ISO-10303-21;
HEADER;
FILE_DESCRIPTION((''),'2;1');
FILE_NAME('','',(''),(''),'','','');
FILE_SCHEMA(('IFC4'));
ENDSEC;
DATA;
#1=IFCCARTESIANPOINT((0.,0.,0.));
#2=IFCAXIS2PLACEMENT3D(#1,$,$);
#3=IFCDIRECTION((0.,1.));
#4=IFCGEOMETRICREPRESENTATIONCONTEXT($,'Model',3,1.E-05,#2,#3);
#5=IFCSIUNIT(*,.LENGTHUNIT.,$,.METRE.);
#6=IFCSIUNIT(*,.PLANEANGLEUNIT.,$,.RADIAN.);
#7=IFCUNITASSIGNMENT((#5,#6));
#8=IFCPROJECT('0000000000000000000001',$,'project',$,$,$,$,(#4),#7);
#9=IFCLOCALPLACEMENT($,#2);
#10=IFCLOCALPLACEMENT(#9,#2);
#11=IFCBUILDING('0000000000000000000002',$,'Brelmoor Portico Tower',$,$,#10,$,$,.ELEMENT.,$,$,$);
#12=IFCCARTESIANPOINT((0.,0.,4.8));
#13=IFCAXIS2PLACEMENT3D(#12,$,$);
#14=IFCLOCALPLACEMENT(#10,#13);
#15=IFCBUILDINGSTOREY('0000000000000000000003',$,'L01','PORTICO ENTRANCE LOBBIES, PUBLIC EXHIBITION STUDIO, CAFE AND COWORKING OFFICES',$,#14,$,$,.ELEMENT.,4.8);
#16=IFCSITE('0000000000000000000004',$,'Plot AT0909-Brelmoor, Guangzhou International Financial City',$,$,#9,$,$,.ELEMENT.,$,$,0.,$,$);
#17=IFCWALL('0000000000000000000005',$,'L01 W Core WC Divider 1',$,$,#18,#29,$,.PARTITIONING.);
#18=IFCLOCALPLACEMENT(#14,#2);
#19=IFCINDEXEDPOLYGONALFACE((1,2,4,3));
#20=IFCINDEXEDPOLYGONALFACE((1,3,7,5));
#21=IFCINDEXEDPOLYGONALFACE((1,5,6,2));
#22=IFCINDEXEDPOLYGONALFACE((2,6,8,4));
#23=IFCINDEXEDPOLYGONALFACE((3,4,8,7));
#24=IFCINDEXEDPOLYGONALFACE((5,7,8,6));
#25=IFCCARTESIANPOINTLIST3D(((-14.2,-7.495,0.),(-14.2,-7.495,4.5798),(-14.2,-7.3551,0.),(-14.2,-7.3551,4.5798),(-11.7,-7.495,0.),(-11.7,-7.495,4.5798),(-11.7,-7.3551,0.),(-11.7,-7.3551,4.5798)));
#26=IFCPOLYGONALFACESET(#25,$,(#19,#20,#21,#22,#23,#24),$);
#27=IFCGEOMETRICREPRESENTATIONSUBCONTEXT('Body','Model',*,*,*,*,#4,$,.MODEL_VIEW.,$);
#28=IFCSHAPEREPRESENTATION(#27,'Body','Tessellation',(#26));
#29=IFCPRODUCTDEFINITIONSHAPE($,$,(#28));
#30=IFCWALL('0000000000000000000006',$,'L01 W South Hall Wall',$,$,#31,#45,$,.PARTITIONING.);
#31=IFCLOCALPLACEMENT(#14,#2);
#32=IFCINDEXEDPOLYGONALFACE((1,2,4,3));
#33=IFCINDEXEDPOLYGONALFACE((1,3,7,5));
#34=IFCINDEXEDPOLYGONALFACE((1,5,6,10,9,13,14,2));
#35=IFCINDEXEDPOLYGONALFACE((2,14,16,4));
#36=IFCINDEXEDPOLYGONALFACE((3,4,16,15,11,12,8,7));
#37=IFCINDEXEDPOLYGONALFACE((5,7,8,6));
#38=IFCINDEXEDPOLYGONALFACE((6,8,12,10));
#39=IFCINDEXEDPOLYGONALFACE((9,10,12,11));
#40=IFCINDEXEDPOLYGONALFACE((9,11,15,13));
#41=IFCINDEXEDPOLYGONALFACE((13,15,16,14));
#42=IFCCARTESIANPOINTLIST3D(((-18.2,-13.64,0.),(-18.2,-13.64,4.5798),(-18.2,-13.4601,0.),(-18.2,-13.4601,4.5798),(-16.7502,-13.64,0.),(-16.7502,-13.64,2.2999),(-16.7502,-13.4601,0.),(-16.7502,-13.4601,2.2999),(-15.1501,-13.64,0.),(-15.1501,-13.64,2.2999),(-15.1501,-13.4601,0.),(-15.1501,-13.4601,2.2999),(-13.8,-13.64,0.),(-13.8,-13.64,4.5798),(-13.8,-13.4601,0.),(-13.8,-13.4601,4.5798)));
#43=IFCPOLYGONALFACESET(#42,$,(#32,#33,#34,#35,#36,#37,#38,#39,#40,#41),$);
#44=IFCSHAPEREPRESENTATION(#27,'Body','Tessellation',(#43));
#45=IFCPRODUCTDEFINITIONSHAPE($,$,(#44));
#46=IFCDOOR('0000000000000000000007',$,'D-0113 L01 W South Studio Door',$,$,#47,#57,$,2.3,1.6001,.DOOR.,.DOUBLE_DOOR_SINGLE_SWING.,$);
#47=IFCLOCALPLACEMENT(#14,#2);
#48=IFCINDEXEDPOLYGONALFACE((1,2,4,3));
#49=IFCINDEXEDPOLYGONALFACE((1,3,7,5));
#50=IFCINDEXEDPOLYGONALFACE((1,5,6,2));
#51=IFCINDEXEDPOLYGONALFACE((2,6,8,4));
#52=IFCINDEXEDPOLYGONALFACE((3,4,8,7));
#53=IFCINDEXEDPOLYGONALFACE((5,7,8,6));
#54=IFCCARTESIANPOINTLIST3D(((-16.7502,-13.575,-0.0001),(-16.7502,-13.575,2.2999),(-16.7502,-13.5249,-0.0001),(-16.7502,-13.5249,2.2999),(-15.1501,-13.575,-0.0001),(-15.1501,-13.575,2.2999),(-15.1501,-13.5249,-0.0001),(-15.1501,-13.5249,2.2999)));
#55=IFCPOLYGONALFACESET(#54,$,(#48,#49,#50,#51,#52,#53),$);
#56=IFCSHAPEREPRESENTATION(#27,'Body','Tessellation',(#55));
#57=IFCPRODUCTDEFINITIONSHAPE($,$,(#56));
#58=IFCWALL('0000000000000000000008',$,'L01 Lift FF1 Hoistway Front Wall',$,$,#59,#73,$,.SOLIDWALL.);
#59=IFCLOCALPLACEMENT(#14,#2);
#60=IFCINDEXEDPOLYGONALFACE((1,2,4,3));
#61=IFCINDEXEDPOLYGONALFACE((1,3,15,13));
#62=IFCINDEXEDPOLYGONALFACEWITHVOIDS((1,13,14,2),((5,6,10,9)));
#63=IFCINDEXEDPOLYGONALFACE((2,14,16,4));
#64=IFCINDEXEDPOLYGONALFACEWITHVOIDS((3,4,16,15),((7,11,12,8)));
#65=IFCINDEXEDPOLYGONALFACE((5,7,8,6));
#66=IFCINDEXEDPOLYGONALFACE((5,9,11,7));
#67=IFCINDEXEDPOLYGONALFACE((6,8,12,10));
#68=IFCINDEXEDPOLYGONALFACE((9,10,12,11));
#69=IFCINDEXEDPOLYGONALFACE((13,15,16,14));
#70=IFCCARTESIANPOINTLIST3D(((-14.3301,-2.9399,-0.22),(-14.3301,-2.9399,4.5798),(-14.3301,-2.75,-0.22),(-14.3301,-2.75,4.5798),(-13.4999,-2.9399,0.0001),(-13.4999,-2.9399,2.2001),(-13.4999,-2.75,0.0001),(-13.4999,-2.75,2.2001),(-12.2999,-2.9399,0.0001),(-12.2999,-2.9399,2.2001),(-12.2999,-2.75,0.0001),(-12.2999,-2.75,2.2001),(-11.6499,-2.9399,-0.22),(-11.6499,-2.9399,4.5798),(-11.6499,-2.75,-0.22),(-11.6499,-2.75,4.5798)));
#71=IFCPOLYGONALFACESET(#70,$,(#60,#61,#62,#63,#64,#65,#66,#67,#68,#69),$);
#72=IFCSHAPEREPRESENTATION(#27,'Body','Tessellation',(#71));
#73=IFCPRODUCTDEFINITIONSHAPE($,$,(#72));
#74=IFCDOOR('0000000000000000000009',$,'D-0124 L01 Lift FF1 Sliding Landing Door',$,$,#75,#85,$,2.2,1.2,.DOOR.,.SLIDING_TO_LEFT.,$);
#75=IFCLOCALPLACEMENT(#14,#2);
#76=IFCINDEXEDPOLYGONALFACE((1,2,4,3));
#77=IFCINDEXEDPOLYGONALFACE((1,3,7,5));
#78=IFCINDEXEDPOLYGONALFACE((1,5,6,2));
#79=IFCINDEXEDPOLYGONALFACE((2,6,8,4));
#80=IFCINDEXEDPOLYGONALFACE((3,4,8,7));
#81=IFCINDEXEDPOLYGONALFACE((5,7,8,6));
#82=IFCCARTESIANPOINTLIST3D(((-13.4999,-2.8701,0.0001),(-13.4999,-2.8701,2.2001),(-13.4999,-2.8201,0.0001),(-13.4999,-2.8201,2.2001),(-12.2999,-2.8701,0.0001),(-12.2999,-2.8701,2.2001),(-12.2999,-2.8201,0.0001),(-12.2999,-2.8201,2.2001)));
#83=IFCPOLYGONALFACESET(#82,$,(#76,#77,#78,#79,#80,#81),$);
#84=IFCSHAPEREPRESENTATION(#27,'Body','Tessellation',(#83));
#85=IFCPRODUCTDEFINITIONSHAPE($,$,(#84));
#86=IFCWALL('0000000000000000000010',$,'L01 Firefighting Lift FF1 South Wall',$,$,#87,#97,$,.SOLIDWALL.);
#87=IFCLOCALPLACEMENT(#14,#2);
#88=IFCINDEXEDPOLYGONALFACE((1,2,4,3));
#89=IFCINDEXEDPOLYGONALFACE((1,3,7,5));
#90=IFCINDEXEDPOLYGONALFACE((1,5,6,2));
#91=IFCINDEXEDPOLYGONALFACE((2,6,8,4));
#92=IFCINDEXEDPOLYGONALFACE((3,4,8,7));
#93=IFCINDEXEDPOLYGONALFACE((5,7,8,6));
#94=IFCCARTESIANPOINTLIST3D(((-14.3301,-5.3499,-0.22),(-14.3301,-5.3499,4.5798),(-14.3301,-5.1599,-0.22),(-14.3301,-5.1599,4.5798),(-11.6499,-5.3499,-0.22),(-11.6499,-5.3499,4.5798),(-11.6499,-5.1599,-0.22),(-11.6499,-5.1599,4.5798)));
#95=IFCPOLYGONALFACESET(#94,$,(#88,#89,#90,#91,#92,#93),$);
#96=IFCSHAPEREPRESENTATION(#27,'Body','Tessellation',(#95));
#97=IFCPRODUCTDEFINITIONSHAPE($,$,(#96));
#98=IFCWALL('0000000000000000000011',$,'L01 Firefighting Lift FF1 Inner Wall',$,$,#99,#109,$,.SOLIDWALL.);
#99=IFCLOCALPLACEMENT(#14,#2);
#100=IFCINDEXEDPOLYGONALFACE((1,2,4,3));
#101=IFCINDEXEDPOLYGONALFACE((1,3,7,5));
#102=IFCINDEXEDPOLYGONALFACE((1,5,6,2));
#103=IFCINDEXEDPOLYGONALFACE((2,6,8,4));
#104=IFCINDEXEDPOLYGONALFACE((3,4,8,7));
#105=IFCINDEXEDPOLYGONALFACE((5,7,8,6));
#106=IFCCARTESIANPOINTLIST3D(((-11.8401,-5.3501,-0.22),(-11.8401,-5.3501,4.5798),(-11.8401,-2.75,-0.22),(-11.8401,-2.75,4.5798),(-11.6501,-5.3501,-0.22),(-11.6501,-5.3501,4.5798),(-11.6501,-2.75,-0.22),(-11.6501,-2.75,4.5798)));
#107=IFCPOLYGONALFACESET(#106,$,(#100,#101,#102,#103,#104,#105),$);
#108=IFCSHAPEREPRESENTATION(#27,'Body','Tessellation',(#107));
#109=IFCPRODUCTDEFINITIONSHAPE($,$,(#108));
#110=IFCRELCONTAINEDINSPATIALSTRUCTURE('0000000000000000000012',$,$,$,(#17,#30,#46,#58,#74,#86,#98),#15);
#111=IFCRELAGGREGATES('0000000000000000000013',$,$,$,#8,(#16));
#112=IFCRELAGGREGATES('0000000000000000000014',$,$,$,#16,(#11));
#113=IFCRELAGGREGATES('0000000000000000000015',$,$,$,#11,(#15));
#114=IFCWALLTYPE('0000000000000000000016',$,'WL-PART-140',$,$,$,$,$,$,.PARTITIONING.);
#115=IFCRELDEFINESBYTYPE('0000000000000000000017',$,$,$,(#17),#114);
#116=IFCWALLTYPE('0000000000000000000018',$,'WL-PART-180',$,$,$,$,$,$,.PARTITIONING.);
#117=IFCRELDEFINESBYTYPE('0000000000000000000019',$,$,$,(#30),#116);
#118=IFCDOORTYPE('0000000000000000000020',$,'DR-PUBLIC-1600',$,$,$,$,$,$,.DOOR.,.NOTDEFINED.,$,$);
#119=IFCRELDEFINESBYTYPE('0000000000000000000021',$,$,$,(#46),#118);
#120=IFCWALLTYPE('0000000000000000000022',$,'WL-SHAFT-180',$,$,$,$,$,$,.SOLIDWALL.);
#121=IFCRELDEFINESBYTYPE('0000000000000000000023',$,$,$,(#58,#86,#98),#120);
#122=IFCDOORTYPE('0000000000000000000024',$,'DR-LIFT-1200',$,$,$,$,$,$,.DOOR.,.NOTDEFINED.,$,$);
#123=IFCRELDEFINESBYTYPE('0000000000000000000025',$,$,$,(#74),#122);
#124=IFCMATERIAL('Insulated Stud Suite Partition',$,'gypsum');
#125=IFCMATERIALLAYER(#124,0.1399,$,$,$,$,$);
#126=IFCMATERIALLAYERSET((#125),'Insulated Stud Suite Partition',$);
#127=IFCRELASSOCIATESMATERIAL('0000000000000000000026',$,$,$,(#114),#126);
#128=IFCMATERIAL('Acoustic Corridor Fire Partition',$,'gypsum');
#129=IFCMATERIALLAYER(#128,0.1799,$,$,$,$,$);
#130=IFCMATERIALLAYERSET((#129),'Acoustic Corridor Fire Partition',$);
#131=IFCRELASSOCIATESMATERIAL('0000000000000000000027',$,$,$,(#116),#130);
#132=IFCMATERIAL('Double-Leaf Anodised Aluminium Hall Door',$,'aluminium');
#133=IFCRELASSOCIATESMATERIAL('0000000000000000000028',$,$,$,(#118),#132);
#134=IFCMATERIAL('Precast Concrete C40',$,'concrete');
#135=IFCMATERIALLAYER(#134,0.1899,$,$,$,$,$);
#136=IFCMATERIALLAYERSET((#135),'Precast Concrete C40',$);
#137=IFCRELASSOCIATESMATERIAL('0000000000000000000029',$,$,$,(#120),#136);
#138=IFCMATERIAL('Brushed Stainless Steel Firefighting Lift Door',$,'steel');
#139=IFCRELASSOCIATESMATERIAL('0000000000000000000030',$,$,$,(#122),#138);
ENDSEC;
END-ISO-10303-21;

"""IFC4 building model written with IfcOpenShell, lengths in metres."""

from ifc_helpers import new_model, si_unit, direction, frame, frame_2d, origin, place, context, subcontext, project, spatial, rectangle, extrude, material, layer, layer_set, type_object, element, fill, save


model = new_model("IFC4")

# Units and contexts
model_context = context("Model", 3, precision=1e-05, world=origin(), true_north=direction((0.0, 1.0)))
body_context = subcontext(model_context, "Body", "Model", "MODEL_VIEW")
ifc_project = project(units=[si_unit("LENGTHUNIT", "METRE"), si_unit("PLANEANGLEUNIT", "RADIAN")], contexts=[model_context])

# Site, building, storey
site_placement = place(None, origin())
site = spatial("IfcSite", under=ifc_project, at=site_placement, Name="Plot AT0909-Brelmoor, Guangzhou International Financial City", CompositionType="ELEMENT", RefElevation=0.0)
building_placement = place(site_placement, origin())
building = spatial("IfcBuilding", under=site, at=building_placement, Name="Brelmoor Portico Tower", CompositionType="ELEMENT")
storey_placement = place(building_placement, frame((0.0, 0.0, 4.8)))
storey = spatial("IfcBuildingStorey", under=building, at=storey_placement, Name="L01", Description="PORTICO ENTRANCE LOBBIES, PUBLIC EXHIBITION STUDIO, CAFE AND COWORKING OFFICES", CompositionType="ELEMENT", Elevation=4.8)

# Wall
ifc_material_1 = material(Name="Insulated Stud Suite Partition", Category="gypsum")
ifc_layer_1 = layer(ifc_material_1, 0.1399)
ifc_layer_set_1 = layer_set([ifc_layer_1], Name="Insulated Stud Suite Partition")
wall_type_1 = type_object("IfcWallType", Name="WL-PART-140", PredefinedType="PARTITIONING", material=ifc_layer_set_1)
wall_1_placement = place(storey_placement, frame((-11.7, -7.425, 0.0), z_axis=(0.0, 0.0, 1.0), x_axis=(-1.0, 0.0, 0.0)))
element("IfcWall", 1, at=wall_1_placement, inside=storey, type_object=wall_type_1, Name="L01 W Core WC Divider 1", PredefinedType="PARTITIONING", context=body_context, shape_type="SweptSolid", body=[
    extrude(rectangle(XDim=2.5, YDim=0.1399, at=frame_2d((1.25, 0.0))), origin(), (0.0, 0.0, 1.0), 4.5798),
])

# Walls, openings, doors
ifc_material_2 = material(Name="Acoustic Corridor Fire Partition", Category="gypsum")
ifc_layer_2 = layer(ifc_material_2, 0.1799)
ifc_layer_set_2 = layer_set([ifc_layer_2], Name="Acoustic Corridor Fire Partition")
wall_type_2 = type_object("IfcWallType", Name="WL-PART-180", PredefinedType="PARTITIONING", material=ifc_layer_set_2)
wall_2_placement = place(storey_placement, frame((-13.8, -13.55, 0.0), z_axis=(0.0, 0.0, 1.0), x_axis=(-1.0, 0.0, 0.0)))
wall_2 = element("IfcWall", 2, at=wall_2_placement, inside=storey, type_object=wall_type_2, Name="L01 W South Hall Wall", PredefinedType="PARTITIONING", context=body_context, shape_type="SweptSolid", body=[
    extrude(rectangle(XDim=4.3999, YDim=0.1799, at=frame_2d((2.2, 0.0))), origin(), (0.0, 0.0, 1.0), 4.5798),
])
opening_1_placement = place(wall_2_placement, frame((1.3501, 0.0, 0.0)))
opening_1 = element("IfcOpeningElement", 3, at=opening_1_placement, cuts=wall_2, PredefinedType="OPENING", context=body_context, shape_type="SweptSolid", body=[
    extrude(rectangle(XDim=1.6001, YDim=2.3, at=frame_2d((0.8, 1.1499))), frame((0.0, 0.0999, 0.0), z_axis=(0.0, -1.0, 0.0), x_axis=(1.0, 0.0, 0.0)), (0.0, 0.0, 1.0), 0.2),
])
ifc_material_3 = material(Name="Double-Leaf Anodised Aluminium Hall Door", Category="aluminium")
door_type_1 = type_object("IfcDoorType", Name="DR-PUBLIC-1600", OperationType="NOTDEFINED", PredefinedType="DOOR", material=ifc_material_3)
door_1_placement = place(opening_1_placement, origin())
door_1 = element("IfcDoor", 4, at=door_1_placement, inside=storey, type_object=door_type_1, Name="D-0113 L01 W South Studio Door", OperationType="DOUBLE_DOOR_SINGLE_SWING", OverallHeight=2.3, OverallWidth=1.6001, PredefinedType="DOOR", context=body_context, shape_type="SweptSolid", body=[
    extrude(rectangle(XDim=1.6001, YDim=2.3, at=frame_2d((0.8, 1.1499))), frame((0.0, 0.0249, 0.0), z_axis=(0.0, -1.0, 0.0), x_axis=(1.0, 0.0, 0.0)), (0.0, 0.0, 1.0), 0.05),
])
fill(opening_1, door_1)
ifc_material_4 = material(Name="Precast Concrete C40", Category="concrete")
ifc_layer_3 = layer(ifc_material_4, 0.1899)
ifc_layer_set_3 = layer_set([ifc_layer_3], Name="Precast Concrete C40")
wall_type_3 = type_object("IfcWallType", Name="WL-SHAFT-180", PredefinedType="SOLIDWALL", material=ifc_layer_set_3)
wall_3_placement = place(storey_placement, frame((-14.3301, -2.845, -0.22), z_axis=(0.0, 0.0, 1.0), x_axis=(1.0, 0.0, 0.0)))
wall_3 = element("IfcWall", 5, at=wall_3_placement, inside=storey, type_object=wall_type_3, Name="L01 Lift FF1 Hoistway Front Wall", PredefinedType="SOLIDWALL", context=body_context, shape_type="SweptSolid", body=[
    extrude(rectangle(XDim=2.6802, YDim=0.1899, at=frame_2d((1.3401, 0.0))), origin(), (0.0, 0.0, 1.0), 4.7998),
])
opening_2_placement = place(wall_3_placement, frame((0.8301, 0.0, 0.22)))
opening_2 = element("IfcOpeningElement", 6, at=opening_2_placement, cuts=wall_3, PredefinedType="OPENING", context=body_context, shape_type="SweptSolid", body=[
    extrude(rectangle(XDim=1.2, YDim=2.2, at=frame_2d((0.6001, 1.1001))), frame((0.0, 0.105, 0.0), z_axis=(0.0, -1.0, 0.0), x_axis=(1.0, 0.0, 0.0)), (0.0, 0.0, 1.0), 0.21),
])
ifc_material_5 = material(Name="Brushed Stainless Steel Firefighting Lift Door", Category="steel")
door_type_2 = type_object("IfcDoorType", Name="DR-LIFT-1200", OperationType="NOTDEFINED", PredefinedType="DOOR", material=ifc_material_5)
door_2_placement = place(opening_2_placement, origin())
door_2 = element("IfcDoor", 7, at=door_2_placement, inside=storey, type_object=door_type_2, Name="D-0124 L01 Lift FF1 Sliding Landing Door", OperationType="SLIDING_TO_LEFT", OverallHeight=2.2, OverallWidth=1.2, PredefinedType="DOOR", context=body_context, shape_type="SweptSolid", body=[
    extrude(rectangle(XDim=1.2, YDim=2.2, at=frame_2d((0.6001, 1.1001))), frame((0.0, 0.0249, 0.0), z_axis=(0.0, -1.0, 0.0), x_axis=(1.0, 0.0, 0.0)), (0.0, 0.0, 1.0), 0.05),
])
fill(opening_2, door_2)

# Walls
wall_4_placement = place(storey_placement, frame((-14.3301, -5.2549, -0.22), z_axis=(0.0, 0.0, 1.0), x_axis=(1.0, 0.0, 0.0)))
element("IfcWall", 8, at=wall_4_placement, inside=storey, type_object=wall_type_3, Name="L01 Firefighting Lift FF1 South Wall", PredefinedType="SOLIDWALL", context=body_context, shape_type="SweptSolid", body=[
    extrude(rectangle(XDim=2.6802, YDim=0.1899, at=frame_2d((1.3401, 0.0))), origin(), (0.0, 0.0, 1.0), 4.7998),
])
wall_5_placement = place(storey_placement, frame((-11.7451, -5.3501, -0.22), z_axis=(0.0, 0.0, 1.0), x_axis=(0.0, 1.0, 0.0)))
element("IfcWall", 9, at=wall_5_placement, inside=storey, type_object=wall_type_3, Name="L01 Firefighting Lift FF1 Inner Wall", PredefinedType="SOLIDWALL", context=body_context, shape_type="SweptSolid", body=[
    extrude(rectangle(XDim=2.6001, YDim=0.1899, at=frame_2d((1.3, 0.0))), origin(), (0.0, 0.0, 1.0), 4.7998),
])

save(model, "model.ifc")
